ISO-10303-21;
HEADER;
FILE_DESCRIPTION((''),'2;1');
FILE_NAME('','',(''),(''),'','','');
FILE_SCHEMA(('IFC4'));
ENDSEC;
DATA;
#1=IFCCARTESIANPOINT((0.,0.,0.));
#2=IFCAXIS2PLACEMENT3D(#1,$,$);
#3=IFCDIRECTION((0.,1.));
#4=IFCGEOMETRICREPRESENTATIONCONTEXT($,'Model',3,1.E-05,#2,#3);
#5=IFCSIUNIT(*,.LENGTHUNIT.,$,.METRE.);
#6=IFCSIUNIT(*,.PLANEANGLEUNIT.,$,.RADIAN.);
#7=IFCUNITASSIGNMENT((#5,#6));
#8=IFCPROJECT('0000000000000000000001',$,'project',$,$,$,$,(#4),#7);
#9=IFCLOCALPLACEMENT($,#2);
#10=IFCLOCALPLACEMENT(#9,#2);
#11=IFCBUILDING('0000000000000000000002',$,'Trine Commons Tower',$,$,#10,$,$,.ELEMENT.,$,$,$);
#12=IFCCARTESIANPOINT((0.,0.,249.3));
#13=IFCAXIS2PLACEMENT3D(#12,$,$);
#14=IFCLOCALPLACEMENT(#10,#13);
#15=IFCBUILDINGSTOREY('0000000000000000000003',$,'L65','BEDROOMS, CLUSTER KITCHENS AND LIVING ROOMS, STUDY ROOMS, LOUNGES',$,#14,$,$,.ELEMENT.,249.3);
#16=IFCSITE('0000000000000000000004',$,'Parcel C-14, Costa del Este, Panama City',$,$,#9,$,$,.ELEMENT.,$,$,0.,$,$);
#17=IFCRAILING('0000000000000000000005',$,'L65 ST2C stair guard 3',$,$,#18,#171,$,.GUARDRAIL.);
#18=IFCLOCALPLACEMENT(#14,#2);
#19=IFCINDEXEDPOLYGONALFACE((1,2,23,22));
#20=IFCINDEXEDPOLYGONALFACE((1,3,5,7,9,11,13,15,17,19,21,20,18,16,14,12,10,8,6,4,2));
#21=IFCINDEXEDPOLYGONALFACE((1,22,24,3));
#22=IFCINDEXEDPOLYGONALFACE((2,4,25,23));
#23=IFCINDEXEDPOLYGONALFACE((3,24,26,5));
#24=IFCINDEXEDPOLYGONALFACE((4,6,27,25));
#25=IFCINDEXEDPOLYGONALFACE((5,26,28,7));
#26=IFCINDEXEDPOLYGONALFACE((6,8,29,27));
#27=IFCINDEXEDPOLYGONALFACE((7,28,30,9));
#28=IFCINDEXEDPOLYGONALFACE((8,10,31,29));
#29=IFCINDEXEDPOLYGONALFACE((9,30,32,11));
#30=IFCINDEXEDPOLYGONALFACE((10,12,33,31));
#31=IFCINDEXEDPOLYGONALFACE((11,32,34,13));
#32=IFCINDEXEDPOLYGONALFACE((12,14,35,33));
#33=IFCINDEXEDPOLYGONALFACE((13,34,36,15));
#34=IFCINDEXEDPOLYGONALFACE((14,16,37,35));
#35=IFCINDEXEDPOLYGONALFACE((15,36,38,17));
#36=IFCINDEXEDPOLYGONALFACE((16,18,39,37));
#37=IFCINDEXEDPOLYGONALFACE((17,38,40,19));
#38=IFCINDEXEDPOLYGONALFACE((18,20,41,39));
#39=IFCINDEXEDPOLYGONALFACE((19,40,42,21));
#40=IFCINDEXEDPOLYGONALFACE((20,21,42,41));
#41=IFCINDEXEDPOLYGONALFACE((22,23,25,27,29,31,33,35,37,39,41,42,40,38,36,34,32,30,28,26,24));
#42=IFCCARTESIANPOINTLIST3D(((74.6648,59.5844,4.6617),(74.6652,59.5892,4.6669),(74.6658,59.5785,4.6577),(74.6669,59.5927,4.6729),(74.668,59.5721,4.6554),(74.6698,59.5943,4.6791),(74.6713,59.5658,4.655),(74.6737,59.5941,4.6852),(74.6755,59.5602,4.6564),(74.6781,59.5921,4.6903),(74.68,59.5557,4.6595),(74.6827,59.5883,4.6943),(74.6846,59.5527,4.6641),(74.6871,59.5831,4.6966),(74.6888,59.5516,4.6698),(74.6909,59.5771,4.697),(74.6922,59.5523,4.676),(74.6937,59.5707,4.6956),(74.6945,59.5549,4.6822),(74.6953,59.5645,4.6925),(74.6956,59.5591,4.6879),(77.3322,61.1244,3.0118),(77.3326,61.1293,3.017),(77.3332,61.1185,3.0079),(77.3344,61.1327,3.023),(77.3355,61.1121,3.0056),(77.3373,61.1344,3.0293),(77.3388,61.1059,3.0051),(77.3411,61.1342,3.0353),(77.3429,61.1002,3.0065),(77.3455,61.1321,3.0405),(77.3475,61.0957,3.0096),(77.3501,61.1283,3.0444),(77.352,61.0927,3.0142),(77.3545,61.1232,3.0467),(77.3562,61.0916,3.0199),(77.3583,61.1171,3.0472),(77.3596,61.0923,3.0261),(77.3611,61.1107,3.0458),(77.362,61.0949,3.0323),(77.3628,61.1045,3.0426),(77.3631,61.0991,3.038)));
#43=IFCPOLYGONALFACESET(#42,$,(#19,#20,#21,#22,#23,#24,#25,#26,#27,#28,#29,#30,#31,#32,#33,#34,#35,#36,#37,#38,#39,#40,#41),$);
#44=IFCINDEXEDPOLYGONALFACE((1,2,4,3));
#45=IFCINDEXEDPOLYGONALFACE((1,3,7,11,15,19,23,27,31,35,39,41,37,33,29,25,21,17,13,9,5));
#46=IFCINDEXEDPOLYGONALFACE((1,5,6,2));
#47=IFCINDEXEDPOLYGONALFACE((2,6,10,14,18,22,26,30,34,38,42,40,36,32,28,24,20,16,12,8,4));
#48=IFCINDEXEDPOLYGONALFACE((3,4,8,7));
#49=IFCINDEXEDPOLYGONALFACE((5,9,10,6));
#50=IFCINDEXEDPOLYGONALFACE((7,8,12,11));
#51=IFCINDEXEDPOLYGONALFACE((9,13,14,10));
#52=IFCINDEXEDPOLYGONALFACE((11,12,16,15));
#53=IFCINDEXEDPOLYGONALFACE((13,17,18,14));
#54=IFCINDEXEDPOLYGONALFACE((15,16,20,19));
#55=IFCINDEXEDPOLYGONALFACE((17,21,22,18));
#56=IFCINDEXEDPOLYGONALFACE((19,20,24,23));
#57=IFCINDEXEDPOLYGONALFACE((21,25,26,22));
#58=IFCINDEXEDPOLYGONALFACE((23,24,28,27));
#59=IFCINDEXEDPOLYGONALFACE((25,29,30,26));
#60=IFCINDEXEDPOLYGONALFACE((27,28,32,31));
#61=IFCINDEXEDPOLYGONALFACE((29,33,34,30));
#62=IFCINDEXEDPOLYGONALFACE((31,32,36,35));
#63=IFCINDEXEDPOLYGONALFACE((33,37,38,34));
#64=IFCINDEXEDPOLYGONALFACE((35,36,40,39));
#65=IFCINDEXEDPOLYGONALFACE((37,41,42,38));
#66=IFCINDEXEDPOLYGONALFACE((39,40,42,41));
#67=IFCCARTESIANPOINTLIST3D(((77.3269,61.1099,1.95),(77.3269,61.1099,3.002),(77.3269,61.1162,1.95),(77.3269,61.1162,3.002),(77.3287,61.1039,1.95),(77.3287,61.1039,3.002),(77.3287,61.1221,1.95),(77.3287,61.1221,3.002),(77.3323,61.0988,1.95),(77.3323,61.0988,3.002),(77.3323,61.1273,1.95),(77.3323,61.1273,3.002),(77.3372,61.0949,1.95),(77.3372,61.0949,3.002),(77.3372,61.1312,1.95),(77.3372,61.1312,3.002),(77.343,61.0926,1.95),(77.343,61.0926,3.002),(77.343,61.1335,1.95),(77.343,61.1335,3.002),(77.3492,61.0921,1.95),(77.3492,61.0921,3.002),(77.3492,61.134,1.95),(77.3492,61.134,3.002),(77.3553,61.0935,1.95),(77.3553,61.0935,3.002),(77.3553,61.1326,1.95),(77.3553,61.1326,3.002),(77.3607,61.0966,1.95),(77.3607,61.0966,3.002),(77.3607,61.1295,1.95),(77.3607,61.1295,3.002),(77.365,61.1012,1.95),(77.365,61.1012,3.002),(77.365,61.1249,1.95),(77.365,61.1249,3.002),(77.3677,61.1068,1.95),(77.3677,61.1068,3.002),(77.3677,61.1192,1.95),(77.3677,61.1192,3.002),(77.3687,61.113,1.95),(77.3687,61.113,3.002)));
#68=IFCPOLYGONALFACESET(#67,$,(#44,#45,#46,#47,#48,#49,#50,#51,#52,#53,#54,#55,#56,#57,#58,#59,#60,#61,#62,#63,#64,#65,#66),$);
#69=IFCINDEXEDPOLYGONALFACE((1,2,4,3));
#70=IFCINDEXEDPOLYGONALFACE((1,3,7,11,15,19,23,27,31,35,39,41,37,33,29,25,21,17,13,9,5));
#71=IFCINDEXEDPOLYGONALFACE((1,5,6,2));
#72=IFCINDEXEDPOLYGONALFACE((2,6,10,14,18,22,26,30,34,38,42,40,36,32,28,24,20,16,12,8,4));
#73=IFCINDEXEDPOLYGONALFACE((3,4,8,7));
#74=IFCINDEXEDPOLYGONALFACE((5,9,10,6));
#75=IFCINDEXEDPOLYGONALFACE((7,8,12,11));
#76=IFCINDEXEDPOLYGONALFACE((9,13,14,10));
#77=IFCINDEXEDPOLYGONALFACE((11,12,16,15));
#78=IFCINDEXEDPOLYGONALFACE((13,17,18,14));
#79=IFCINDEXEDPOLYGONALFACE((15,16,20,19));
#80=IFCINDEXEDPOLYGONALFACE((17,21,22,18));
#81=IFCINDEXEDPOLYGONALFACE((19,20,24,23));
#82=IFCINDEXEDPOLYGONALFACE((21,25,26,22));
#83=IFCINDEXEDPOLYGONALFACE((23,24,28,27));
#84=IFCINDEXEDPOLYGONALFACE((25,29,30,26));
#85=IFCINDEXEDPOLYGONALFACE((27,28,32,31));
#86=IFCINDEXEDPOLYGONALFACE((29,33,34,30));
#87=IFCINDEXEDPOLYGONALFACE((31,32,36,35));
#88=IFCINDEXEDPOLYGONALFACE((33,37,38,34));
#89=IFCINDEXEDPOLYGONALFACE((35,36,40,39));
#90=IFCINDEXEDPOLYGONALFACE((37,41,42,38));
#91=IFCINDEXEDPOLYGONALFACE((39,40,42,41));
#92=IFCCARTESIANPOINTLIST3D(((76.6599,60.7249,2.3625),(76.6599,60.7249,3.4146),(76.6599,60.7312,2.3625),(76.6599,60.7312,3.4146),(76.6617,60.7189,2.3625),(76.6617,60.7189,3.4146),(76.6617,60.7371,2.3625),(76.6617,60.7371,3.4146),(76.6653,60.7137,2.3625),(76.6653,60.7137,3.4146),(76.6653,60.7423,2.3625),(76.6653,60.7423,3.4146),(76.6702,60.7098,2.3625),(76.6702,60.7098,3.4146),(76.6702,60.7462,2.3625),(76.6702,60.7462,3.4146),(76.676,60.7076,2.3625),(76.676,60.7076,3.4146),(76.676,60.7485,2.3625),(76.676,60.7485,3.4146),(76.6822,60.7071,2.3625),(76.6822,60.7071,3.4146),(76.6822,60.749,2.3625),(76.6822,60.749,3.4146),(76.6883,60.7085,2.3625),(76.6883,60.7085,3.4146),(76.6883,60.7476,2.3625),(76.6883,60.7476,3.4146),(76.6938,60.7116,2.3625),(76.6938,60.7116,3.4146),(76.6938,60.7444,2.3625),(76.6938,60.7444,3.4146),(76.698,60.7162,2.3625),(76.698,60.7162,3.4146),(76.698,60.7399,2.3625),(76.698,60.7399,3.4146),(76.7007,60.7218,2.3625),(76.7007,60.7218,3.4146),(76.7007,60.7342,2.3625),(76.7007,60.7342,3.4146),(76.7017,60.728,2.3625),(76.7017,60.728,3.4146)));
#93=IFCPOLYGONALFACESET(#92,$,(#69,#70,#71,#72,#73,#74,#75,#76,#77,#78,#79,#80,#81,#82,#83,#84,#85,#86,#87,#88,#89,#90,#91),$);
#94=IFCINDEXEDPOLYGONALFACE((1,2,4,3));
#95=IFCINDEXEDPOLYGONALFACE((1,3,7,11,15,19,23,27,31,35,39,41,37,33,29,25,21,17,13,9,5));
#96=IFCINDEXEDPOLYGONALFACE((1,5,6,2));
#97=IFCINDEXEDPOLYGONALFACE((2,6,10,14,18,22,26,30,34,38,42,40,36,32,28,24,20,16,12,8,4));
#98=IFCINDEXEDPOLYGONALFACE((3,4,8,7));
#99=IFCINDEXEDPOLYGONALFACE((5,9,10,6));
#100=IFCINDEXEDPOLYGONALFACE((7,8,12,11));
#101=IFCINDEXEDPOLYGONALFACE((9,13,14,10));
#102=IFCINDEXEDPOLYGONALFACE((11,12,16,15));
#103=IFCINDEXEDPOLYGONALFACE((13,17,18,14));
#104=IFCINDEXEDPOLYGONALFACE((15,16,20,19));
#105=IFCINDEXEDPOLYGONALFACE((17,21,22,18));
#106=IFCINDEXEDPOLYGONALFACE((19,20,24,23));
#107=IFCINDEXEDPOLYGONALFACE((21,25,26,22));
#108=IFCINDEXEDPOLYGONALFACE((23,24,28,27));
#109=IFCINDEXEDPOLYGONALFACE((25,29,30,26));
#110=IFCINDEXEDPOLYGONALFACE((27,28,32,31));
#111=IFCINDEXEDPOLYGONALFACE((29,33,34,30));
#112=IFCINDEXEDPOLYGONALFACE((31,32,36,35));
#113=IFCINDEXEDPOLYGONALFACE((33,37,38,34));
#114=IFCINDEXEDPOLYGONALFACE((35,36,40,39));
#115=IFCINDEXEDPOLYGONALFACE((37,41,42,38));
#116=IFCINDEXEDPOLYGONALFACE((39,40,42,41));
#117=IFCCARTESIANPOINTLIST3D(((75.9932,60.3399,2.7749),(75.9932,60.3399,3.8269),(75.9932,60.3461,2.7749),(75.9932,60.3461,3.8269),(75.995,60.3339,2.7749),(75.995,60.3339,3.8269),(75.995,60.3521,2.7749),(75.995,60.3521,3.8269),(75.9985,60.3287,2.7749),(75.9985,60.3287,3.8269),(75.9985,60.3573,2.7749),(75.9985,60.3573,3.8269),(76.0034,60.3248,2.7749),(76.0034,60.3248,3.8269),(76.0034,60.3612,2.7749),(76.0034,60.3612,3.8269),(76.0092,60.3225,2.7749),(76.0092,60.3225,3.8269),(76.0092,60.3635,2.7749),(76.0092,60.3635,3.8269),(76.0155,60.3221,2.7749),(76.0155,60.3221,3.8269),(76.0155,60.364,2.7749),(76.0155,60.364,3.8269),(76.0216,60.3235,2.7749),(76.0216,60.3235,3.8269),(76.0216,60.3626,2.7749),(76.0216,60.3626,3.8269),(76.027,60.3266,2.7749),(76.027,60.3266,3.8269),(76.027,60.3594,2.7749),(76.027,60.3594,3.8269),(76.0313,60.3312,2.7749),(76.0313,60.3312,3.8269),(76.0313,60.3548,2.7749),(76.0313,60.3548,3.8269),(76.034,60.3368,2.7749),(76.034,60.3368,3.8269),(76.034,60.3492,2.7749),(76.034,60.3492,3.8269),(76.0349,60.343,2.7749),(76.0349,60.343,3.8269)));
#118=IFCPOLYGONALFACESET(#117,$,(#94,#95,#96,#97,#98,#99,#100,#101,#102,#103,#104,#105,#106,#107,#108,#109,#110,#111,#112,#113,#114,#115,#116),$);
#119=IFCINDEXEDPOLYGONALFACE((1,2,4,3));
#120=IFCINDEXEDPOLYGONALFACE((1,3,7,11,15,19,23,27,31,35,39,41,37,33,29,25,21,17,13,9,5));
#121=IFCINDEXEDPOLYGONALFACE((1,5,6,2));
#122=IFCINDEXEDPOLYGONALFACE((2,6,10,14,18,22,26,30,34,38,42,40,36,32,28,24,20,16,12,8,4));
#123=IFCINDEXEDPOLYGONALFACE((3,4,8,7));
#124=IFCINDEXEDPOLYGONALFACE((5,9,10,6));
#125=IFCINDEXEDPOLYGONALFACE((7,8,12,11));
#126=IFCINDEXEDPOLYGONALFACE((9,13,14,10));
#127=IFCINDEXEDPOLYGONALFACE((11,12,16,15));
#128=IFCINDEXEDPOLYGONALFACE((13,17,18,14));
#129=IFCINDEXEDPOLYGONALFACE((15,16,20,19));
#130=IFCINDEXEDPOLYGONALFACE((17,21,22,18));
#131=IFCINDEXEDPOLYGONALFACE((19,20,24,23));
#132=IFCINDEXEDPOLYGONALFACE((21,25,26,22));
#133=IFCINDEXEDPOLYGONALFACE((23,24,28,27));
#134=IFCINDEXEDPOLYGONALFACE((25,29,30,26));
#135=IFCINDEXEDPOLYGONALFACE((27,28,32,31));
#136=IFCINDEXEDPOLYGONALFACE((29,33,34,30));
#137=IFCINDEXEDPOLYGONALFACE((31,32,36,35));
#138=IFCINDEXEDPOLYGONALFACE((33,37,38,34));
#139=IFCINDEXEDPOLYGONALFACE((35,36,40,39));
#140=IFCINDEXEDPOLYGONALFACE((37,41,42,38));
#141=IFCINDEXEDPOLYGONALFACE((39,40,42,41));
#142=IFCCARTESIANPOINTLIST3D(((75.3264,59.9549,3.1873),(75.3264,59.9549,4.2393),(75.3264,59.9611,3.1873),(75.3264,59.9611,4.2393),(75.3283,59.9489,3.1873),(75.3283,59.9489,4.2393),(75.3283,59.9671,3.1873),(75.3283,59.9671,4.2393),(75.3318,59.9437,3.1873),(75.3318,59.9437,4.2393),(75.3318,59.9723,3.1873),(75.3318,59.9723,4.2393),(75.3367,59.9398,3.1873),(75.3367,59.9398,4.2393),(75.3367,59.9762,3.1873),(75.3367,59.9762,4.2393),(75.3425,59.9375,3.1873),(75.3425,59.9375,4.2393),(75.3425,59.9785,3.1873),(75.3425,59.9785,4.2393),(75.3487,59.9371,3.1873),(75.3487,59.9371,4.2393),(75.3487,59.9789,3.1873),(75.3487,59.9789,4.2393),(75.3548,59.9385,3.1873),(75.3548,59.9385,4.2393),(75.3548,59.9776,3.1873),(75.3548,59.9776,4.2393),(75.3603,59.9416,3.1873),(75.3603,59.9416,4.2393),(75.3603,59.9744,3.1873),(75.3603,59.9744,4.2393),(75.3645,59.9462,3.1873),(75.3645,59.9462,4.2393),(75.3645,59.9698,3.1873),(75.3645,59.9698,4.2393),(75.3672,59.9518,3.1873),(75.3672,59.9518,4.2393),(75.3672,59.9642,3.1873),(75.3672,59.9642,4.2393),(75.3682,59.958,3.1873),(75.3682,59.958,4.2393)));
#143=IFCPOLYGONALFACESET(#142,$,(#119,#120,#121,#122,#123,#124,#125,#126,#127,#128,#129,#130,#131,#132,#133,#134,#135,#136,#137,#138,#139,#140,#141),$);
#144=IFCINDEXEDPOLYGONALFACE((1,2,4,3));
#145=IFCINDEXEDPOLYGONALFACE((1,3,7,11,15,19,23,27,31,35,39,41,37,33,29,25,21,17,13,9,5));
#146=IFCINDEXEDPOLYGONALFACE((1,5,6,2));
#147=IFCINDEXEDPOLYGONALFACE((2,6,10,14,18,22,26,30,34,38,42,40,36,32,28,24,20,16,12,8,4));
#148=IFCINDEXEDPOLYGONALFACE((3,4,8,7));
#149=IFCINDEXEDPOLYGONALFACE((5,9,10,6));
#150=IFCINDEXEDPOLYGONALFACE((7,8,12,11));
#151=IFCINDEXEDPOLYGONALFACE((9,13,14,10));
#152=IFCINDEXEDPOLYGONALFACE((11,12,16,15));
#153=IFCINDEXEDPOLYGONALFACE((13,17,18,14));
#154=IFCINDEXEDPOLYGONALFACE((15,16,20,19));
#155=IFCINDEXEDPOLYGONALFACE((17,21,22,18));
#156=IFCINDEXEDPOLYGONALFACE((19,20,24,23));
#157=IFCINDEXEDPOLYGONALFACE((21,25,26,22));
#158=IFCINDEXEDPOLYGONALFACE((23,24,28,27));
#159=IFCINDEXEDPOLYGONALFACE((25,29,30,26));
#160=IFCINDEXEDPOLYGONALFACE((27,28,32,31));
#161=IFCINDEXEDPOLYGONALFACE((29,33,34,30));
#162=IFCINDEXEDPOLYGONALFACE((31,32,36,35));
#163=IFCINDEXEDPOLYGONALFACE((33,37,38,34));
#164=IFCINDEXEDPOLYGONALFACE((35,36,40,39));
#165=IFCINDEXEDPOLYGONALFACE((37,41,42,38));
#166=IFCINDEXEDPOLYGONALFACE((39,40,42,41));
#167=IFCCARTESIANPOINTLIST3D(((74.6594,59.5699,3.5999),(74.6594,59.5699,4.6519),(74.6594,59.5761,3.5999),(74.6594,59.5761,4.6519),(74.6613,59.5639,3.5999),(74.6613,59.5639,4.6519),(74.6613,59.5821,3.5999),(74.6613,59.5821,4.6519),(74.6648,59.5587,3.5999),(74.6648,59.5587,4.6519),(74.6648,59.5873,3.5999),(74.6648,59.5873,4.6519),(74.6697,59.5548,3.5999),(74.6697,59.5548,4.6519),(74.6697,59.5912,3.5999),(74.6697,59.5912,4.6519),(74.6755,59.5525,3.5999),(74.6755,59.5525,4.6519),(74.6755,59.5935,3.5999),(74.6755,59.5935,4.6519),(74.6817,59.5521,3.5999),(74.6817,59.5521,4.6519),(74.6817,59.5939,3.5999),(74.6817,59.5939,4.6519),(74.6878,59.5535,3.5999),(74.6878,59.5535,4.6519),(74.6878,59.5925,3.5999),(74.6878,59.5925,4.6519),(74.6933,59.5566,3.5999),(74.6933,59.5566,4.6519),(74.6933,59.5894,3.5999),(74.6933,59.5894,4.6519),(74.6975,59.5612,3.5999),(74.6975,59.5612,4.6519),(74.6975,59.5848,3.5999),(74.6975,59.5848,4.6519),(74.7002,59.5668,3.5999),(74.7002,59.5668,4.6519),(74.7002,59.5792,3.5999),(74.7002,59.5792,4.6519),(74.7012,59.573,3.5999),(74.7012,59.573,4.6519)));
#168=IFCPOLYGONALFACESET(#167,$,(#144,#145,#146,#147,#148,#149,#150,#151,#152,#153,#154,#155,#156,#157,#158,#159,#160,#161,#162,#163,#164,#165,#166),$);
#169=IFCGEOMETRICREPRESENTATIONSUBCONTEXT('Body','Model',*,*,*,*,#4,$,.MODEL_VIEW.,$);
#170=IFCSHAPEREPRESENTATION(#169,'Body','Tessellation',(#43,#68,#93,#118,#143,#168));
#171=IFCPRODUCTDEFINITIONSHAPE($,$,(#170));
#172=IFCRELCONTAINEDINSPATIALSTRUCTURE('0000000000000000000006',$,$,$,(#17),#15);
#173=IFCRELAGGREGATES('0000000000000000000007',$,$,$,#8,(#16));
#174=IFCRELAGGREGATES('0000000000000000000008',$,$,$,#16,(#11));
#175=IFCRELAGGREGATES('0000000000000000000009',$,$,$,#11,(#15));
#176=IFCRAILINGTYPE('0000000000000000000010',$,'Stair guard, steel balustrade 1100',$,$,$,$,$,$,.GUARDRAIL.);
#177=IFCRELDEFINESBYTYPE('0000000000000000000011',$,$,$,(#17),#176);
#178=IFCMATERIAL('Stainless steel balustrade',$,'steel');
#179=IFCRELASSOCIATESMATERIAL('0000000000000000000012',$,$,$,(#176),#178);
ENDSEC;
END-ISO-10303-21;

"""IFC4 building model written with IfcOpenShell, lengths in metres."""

from ifc_helpers import new_model, si_unit, direction, frame, origin, origin_2d, place, context, subcontext, project, spatial, circle, extrude, material, type_object, element, save


model = new_model("IFC4")

# Units and contexts
model_context = context("Model", 3, precision=1e-05, world=origin(), true_north=direction((0.0, 1.0)))
body_context = subcontext(model_context, "Body", "Model", "MODEL_VIEW")
ifc_project = project(units=[si_unit("LENGTHUNIT", "METRE"), si_unit("PLANEANGLEUNIT", "RADIAN")], contexts=[model_context])

# Site, building, storey
site_placement = place(None, origin())
site = spatial("IfcSite", under=ifc_project, at=site_placement, Name="Parcel C-14, Costa del Este, Panama City", CompositionType="ELEMENT", RefElevation=0.0)
building_placement = place(site_placement, origin())
building = spatial("IfcBuilding", under=site, at=building_placement, Name="Trine Commons Tower", CompositionType="ELEMENT")
storey_placement = place(building_placement, frame((0.0, 0.0, 249.3)))
storey = spatial("IfcBuildingStorey", under=building, at=storey_placement, Name="L65", Description="BEDROOMS, CLUSTER KITCHENS AND LIVING ROOMS, STUDY ROOMS, LOUNGES", CompositionType="ELEMENT", Elevation=249.3)

# Railing
ifc_material_1 = material(Name="Stainless steel balustrade", Category="steel")
railing_type_1 = type_object("IfcRailingType", Name="Stair guard, steel balustrade 1100", PredefinedType="GUARDRAIL", material=ifc_material_1)
railing_1_placement = place(storey_placement, frame((77.3477, 61.113, 1.95)))
element("IfcRailing", 1, at=railing_1_placement, inside=storey, type_object=railing_type_1, Name="L65 ST2C stair guard 3", PredefinedType="GUARDRAIL", context=body_context, shape_type="SweptSolid", body=[
    extrude(circle(Radius=0.0239, at=origin_2d()), frame((0.0, 0.0, 1.0762), z_axis=(-0.763405, -0.440743, 0.472185), x_axis=(0.499992, -0.86603, 0.0)), (0.0, 0.0, 1.0), 3.4941),
    extrude(circle(Radius=0.021, at=origin_2d()), origin(), (0.0, 0.0, 1.0), 1.052),
    extrude(circle(Radius=0.021, at=origin_2d()), frame((-0.667, -0.385, 0.4126)), (0.0, 0.0, 1.0), 1.052),
    extrude(circle(Radius=0.021, at=origin_2d()), frame((-1.3337, -0.77, 0.825)), (0.0, 0.0, 1.0), 1.052),
    extrude(circle(Radius=0.021, at=origin_2d()), frame((-2.0005, -1.155, 1.2373)), (0.0, 0.0, 1.0), 1.052),
    extrude(circle(Radius=0.021, at=origin_2d()), frame((-2.6675, -1.54, 1.6499)), (0.0, 0.0, 1.0), 1.052),
])

save(model, "model.ifc")
